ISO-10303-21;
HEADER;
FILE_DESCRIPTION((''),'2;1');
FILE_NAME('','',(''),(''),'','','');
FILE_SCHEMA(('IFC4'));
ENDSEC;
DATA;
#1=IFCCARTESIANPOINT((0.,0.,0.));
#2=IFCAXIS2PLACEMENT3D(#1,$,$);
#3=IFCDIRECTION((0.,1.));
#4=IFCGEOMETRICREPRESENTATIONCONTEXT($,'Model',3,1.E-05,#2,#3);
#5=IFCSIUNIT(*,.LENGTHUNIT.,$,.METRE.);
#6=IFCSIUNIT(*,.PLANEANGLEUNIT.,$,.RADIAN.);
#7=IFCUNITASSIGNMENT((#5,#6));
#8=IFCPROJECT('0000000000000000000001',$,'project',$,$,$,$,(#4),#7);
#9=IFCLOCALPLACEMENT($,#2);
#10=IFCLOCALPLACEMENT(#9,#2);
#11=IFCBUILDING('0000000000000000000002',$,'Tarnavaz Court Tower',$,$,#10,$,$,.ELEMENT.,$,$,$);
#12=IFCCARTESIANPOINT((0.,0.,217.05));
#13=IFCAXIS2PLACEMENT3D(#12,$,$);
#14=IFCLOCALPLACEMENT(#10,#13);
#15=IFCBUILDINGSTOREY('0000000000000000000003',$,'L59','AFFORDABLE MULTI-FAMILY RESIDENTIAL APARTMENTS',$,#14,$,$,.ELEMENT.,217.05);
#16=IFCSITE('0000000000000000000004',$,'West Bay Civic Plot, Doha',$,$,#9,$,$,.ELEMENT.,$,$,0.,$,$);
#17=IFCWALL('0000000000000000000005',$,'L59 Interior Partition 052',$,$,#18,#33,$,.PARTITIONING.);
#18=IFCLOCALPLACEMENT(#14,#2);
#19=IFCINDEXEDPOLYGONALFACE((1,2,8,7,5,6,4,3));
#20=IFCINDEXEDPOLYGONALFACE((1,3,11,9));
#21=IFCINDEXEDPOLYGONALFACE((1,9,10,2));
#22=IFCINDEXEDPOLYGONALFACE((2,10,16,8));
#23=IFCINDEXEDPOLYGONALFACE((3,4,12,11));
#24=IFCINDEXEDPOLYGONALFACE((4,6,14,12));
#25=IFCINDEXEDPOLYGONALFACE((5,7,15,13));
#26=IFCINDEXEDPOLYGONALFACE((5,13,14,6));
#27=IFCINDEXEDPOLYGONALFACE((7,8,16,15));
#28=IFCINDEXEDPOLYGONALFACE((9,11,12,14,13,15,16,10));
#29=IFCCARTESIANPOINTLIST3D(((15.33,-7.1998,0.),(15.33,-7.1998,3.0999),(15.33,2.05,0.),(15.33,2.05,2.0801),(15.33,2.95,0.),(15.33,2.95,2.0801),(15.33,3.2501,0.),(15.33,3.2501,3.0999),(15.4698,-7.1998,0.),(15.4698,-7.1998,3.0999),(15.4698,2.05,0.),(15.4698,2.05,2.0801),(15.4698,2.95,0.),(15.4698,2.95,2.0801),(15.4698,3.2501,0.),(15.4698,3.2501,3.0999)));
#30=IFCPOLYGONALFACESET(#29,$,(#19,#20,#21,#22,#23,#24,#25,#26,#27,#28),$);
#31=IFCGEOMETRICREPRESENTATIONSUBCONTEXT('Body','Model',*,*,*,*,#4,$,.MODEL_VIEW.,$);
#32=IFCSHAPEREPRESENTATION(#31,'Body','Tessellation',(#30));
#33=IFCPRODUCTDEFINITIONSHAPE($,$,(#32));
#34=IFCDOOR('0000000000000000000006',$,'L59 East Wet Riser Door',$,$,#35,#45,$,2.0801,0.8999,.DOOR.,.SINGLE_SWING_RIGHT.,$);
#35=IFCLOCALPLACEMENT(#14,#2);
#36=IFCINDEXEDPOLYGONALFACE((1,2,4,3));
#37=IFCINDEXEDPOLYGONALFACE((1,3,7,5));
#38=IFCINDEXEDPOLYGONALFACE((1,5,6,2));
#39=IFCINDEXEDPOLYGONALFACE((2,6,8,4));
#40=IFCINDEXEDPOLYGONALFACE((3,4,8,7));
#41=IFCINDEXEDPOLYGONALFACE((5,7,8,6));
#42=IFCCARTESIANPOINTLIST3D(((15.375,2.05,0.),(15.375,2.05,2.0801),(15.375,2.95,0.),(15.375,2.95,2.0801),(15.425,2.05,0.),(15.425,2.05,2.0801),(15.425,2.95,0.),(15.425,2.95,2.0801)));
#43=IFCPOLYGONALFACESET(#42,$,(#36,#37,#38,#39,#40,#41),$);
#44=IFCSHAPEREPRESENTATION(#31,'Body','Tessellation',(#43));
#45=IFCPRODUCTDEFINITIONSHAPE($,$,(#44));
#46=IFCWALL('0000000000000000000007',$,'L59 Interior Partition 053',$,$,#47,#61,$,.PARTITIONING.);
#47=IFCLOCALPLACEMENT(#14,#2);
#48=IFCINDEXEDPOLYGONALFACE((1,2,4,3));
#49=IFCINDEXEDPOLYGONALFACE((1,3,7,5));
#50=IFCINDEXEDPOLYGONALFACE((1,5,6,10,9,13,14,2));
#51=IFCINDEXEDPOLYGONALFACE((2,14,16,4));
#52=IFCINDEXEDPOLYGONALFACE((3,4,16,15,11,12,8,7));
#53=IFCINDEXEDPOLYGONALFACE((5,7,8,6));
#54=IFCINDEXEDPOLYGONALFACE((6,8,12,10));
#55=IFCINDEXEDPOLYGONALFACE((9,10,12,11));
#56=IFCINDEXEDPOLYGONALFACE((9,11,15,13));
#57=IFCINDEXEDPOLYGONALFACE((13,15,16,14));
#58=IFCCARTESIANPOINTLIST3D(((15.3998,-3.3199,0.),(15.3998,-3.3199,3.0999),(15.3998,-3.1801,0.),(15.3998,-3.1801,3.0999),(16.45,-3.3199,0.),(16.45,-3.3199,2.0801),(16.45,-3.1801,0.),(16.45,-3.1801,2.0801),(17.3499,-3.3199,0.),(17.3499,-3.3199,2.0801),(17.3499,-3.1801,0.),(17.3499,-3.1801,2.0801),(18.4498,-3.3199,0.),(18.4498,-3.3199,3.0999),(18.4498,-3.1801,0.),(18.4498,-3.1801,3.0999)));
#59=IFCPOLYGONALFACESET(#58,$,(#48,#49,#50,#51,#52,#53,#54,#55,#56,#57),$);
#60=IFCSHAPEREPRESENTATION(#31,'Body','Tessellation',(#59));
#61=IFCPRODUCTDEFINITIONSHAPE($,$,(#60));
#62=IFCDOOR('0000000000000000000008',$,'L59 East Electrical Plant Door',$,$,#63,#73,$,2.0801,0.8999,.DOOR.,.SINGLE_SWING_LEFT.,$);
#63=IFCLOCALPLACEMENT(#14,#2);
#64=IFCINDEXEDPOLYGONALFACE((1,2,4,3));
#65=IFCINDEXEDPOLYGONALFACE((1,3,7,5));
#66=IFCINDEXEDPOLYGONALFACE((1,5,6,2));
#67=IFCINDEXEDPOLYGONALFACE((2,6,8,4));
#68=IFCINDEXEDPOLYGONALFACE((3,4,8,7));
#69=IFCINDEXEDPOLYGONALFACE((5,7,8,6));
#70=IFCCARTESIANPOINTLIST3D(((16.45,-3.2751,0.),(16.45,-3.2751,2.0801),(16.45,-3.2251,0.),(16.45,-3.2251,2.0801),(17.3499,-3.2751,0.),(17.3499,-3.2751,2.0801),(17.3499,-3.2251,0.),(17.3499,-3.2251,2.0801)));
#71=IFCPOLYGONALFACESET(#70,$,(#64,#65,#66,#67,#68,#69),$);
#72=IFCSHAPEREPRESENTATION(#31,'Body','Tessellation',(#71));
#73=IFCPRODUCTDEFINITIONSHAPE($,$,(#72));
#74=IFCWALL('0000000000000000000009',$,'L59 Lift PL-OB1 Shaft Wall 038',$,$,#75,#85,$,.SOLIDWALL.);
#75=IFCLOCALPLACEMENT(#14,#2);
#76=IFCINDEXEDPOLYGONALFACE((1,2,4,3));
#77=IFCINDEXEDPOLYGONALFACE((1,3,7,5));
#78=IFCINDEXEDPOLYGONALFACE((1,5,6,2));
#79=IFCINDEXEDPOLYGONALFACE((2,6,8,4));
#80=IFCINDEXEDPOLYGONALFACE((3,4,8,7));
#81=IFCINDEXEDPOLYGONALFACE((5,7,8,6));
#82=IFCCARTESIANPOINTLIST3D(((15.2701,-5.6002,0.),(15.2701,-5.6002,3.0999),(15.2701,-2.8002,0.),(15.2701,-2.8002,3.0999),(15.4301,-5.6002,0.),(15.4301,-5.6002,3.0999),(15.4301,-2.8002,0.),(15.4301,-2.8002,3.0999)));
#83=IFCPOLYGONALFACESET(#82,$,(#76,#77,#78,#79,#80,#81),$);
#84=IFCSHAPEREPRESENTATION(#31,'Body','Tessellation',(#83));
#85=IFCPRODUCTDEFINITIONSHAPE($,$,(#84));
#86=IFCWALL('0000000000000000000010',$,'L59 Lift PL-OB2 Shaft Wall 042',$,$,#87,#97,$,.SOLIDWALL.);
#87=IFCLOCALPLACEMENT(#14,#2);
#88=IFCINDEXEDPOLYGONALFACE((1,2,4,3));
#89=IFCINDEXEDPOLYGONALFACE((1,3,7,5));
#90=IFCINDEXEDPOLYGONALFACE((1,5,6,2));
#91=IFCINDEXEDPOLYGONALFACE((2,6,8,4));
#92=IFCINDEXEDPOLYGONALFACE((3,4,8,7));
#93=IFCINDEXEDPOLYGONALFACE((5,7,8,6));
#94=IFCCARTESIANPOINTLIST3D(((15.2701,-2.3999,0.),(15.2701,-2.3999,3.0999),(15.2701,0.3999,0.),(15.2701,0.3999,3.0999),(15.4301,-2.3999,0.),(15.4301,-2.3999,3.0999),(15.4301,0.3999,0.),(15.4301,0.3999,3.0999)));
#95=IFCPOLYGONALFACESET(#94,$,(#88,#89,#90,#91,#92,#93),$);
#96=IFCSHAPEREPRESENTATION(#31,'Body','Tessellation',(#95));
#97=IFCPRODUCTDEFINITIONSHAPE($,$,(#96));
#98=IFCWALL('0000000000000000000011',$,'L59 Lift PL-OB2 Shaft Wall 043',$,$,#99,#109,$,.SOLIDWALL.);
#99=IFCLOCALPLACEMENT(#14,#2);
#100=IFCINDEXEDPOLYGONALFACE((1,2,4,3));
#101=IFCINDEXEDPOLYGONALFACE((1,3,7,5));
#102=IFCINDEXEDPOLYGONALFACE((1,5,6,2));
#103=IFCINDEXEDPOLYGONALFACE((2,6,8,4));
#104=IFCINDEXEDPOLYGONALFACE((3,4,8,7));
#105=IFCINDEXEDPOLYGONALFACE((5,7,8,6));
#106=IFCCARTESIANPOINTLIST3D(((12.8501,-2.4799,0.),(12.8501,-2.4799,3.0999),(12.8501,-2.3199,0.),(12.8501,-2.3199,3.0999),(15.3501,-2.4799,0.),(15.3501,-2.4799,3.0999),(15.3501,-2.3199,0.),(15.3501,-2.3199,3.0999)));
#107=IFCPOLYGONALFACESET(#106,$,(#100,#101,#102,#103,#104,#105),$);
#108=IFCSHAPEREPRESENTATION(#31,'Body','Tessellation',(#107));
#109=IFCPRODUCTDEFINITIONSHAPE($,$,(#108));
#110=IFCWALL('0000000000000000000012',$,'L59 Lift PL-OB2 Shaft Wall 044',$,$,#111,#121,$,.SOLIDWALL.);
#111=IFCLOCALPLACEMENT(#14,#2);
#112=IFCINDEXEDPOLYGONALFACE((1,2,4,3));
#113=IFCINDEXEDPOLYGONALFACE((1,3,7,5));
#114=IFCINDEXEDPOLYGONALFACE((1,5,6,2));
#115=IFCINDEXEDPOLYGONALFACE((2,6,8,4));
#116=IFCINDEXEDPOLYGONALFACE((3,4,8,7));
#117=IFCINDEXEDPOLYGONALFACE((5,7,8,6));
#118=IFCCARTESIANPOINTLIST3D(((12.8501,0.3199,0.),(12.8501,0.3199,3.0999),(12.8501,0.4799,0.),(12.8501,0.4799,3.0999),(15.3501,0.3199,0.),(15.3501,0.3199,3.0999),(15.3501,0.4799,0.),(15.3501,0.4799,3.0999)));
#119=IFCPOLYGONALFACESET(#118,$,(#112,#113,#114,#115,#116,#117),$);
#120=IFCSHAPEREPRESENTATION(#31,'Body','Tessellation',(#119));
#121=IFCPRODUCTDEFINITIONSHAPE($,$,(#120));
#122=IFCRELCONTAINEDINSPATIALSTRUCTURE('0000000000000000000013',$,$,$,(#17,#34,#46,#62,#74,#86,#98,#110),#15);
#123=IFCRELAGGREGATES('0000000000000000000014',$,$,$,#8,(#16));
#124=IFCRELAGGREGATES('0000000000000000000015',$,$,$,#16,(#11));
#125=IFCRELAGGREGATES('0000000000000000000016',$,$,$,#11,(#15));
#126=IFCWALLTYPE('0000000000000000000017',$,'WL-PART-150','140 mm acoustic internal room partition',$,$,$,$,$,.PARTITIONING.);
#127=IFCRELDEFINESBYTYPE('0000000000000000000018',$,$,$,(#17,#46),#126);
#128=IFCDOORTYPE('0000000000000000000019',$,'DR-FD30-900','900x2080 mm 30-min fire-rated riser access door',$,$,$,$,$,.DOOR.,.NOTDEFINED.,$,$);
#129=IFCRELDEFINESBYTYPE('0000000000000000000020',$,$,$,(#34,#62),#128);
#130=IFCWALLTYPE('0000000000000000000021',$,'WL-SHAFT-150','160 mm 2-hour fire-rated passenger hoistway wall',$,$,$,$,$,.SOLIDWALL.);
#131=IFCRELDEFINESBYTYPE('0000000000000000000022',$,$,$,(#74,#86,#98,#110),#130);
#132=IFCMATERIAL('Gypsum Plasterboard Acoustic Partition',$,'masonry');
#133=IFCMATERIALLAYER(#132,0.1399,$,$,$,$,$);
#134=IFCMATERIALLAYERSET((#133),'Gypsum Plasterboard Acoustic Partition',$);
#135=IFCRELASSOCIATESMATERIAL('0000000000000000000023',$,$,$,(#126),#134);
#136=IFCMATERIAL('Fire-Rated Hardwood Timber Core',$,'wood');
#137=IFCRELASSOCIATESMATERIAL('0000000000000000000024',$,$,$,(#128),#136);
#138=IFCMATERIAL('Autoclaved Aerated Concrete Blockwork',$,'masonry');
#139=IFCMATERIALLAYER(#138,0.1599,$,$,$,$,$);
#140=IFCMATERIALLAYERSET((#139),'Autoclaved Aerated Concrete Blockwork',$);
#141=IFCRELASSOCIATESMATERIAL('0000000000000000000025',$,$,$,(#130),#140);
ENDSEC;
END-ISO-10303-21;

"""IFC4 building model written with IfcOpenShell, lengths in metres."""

from ifc_helpers import new_model, si_unit, direction, frame, frame_2d, origin, place, context, subcontext, project, spatial, rectangle, extrude, material, layer, layer_set, type_object, element, fill, save


model = new_model("IFC4")

# Units and contexts
model_context = context("Model", 3, precision=1e-05, world=origin(), true_north=direction((0.0, 1.0)))
body_context = subcontext(model_context, "Body", "Model", "MODEL_VIEW")
ifc_project = project(units=[si_unit("LENGTHUNIT", "METRE"), si_unit("PLANEANGLEUNIT", "RADIAN")], contexts=[model_context])

# Site, building, storey
site_placement = place(None, origin())
site = spatial("IfcSite", under=ifc_project, at=site_placement, Name="West Bay Civic Plot, Doha", CompositionType="ELEMENT", RefElevation=0.0)
building_placement = place(site_placement, origin())
building = spatial("IfcBuilding", under=site, at=building_placement, Name="Tarnavaz Court Tower", CompositionType="ELEMENT")
storey_placement = place(building_placement, frame((0.0, 0.0, 217.05)))
storey = spatial("IfcBuildingStorey", under=building, at=storey_placement, Name="L59", Description="AFFORDABLE MULTI-FAMILY RESIDENTIAL APARTMENTS", CompositionType="ELEMENT", Elevation=217.05)

# Walls, openings, doors
ifc_material_1 = material(Name="Gypsum Plasterboard Acoustic Partition", Category="masonry")
ifc_layer_1 = layer(ifc_material_1, 0.1399)
ifc_layer_set_1 = layer_set([ifc_layer_1], Name="Gypsum Plasterboard Acoustic Partition")
wall_type_1 = type_object("IfcWallType", Name="WL-PART-150", Description="140 mm acoustic internal room partition", PredefinedType="PARTITIONING", material=ifc_layer_set_1)
wall_1_placement = place(storey_placement, frame((15.3999, -7.2, 0.0), z_axis=(0.0, 0.0, 1.0), x_axis=(0.0, 1.0, 0.0)))
wall_1 = element("IfcWall", 1, at=wall_1_placement, inside=storey, type_object=wall_type_1, Name="L59 Interior Partition 052", PredefinedType="PARTITIONING", context=body_context, shape_type="SweptSolid", body=[
    extrude(rectangle(XDim=10.45, YDim=0.1399, at=frame_2d((5.2251, 0.0))), origin(), (0.0, 0.0, 1.0), 3.0999),
])
opening_1_placement = place(wall_1_placement, frame((9.25, 0.0, 0.0)))
opening_1 = element("IfcOpeningElement", 2, at=opening_1_placement, cuts=wall_1, PredefinedType="OPENING", context=body_context, shape_type="SweptSolid", body=[
    extrude(rectangle(XDim=0.8999, YDim=2.0801, at=frame_2d((0.45, 1.04))), frame((0.0, 0.0798, 0.0), z_axis=(0.0, -1.0, 0.0), x_axis=(1.0, 0.0, 0.0)), (0.0, 0.0, 1.0), 0.1599),
])
ifc_material_2 = material(Name="Fire-Rated Hardwood Timber Core", Category="wood")
door_type_1 = type_object("IfcDoorType", Name="DR-FD30-900", Description="900x2080 mm 30-min fire-rated riser access door", OperationType="NOTDEFINED", PredefinedType="DOOR", material=ifc_material_2)
door_1_placement = place(opening_1_placement, origin())
door_1 = element("IfcDoor", 3, at=door_1_placement, inside=storey, type_object=door_type_1, Name="L59 East Wet Riser Door", OperationType="SINGLE_SWING_RIGHT", OverallHeight=2.0801, OverallWidth=0.8999, PredefinedType="DOOR", context=body_context, shape_type="SweptSolid", body=[
    extrude(rectangle(XDim=0.8999, YDim=2.0801, at=frame_2d((0.45, 1.04))), frame((0.0, 0.0249, 0.0), z_axis=(0.0, -1.0, 0.0), x_axis=(1.0, 0.0, 0.0)), (0.0, 0.0, 1.0), 0.05),
])
fill(opening_1, door_1)
wall_2_placement = place(storey_placement, frame((15.3999, -3.25, 0.0), z_axis=(0.0, 0.0, 1.0), x_axis=(1.0, 0.0, 0.0)))
wall_2 = element("IfcWall", 4, at=wall_2_placement, inside=storey, type_object=wall_type_1, Name="L59 Interior Partition 053", PredefinedType="PARTITIONING", context=body_context, shape_type="SweptSolid", body=[
    extrude(rectangle(XDim=3.05, YDim=0.1399, at=frame_2d((1.5249, 0.0))), origin(), (0.0, 0.0, 1.0), 3.0999),
])
opening_2_placement = place(wall_2_placement, frame((1.05, 0.0, 0.0)))
opening_2 = element("IfcOpeningElement", 5, at=opening_2_placement, cuts=wall_2, PredefinedType="OPENING", context=body_context, shape_type="SweptSolid", body=[
    extrude(rectangle(XDim=0.8999, YDim=2.0801, at=frame_2d((0.45, 1.04))), frame((0.0, 0.0798, 0.0), z_axis=(0.0, -1.0, 0.0), x_axis=(1.0, 0.0, 0.0)), (0.0, 0.0, 1.0), 0.1599),
])
door_2_placement = place(opening_2_placement, origin())
door_2 = element("IfcDoor", 6, at=door_2_placement, inside=storey, type_object=door_type_1, Name="L59 East Electrical Plant Door", OperationType="SINGLE_SWING_LEFT", OverallHeight=2.0801, OverallWidth=0.8999, PredefinedType="DOOR", context=body_context, shape_type="SweptSolid", body=[
    extrude(rectangle(XDim=0.8999, YDim=2.0801, at=frame_2d((0.45, 1.04))), frame((0.0, 0.0249, 0.0), z_axis=(0.0, -1.0, 0.0), x_axis=(1.0, 0.0, 0.0)), (0.0, 0.0, 1.0), 0.05),
])
fill(opening_2, door_2)

# Walls
ifc_material_3 = material(Name="Autoclaved Aerated Concrete Blockwork", Category="masonry")
ifc_layer_2 = layer(ifc_material_3, 0.1599)
ifc_layer_set_2 = layer_set([ifc_layer_2], Name="Autoclaved Aerated Concrete Blockwork")
wall_type_2 = type_object("IfcWallType", Name="WL-SHAFT-150", Description="160 mm 2-hour fire-rated passenger hoistway wall", PredefinedType="SOLIDWALL", material=ifc_layer_set_2)
wall_3_placement = place(storey_placement, frame((15.3501, -5.6001, 0.0), z_axis=(0.0, 0.0, 1.0), x_axis=(0.0, 1.0, 0.0)))
element("IfcWall", 7, at=wall_3_placement, inside=storey, type_object=wall_type_2, Name="L59 Lift PL-OB1 Shaft Wall 038", PredefinedType="SOLIDWALL", context=body_context, shape_type="SweptSolid", body=[
    extrude(rectangle(XDim=2.8, YDim=0.1599, at=frame_2d((1.3999, 0.0))), origin(), (0.0, 0.0, 1.0), 3.0999),
])
wall_4_placement = place(storey_placement, frame((15.3501, -2.3999, 0.0), z_axis=(0.0, 0.0, 1.0), x_axis=(0.0, 1.0, 0.0)))
element("IfcWall", 8, at=wall_4_placement, inside=storey, type_object=wall_type_2, Name="L59 Lift PL-OB2 Shaft Wall 042", PredefinedType="SOLIDWALL", context=body_context, shape_type="SweptSolid", body=[
    extrude(rectangle(XDim=2.7998, YDim=0.1599, at=frame_2d((1.3999, 0.0))), origin(), (0.0, 0.0, 1.0), 3.0999),
])
for number, where, z_axis, x_axis, name in (
    (9, (12.8501, -2.3999, 0.0), (0.0, 0.0, 1.0), (1.0, 0.0, 0.0), "L59 Lift PL-OB2 Shaft Wall 043"),
    (10, (12.8501, 0.3999, 0.0), (0.0, 0.0, 1.0), (1.0, 0.0, 0.0), "L59 Lift PL-OB2 Shaft Wall 044"),
):
    element("IfcWall", number, at=place(storey_placement, frame(where, z_axis=z_axis, x_axis=x_axis)), inside=storey, type_object=wall_type_2, Name=name, PredefinedType="SOLIDWALL", context=body_context, shape_type="SweptSolid", body=[
        extrude(rectangle(XDim=2.5, YDim=0.1599, at=frame_2d((1.25, 0.0))), origin(), (0.0, 0.0, 1.0), 3.0999),
    ])

save(model, "model.ifc")
